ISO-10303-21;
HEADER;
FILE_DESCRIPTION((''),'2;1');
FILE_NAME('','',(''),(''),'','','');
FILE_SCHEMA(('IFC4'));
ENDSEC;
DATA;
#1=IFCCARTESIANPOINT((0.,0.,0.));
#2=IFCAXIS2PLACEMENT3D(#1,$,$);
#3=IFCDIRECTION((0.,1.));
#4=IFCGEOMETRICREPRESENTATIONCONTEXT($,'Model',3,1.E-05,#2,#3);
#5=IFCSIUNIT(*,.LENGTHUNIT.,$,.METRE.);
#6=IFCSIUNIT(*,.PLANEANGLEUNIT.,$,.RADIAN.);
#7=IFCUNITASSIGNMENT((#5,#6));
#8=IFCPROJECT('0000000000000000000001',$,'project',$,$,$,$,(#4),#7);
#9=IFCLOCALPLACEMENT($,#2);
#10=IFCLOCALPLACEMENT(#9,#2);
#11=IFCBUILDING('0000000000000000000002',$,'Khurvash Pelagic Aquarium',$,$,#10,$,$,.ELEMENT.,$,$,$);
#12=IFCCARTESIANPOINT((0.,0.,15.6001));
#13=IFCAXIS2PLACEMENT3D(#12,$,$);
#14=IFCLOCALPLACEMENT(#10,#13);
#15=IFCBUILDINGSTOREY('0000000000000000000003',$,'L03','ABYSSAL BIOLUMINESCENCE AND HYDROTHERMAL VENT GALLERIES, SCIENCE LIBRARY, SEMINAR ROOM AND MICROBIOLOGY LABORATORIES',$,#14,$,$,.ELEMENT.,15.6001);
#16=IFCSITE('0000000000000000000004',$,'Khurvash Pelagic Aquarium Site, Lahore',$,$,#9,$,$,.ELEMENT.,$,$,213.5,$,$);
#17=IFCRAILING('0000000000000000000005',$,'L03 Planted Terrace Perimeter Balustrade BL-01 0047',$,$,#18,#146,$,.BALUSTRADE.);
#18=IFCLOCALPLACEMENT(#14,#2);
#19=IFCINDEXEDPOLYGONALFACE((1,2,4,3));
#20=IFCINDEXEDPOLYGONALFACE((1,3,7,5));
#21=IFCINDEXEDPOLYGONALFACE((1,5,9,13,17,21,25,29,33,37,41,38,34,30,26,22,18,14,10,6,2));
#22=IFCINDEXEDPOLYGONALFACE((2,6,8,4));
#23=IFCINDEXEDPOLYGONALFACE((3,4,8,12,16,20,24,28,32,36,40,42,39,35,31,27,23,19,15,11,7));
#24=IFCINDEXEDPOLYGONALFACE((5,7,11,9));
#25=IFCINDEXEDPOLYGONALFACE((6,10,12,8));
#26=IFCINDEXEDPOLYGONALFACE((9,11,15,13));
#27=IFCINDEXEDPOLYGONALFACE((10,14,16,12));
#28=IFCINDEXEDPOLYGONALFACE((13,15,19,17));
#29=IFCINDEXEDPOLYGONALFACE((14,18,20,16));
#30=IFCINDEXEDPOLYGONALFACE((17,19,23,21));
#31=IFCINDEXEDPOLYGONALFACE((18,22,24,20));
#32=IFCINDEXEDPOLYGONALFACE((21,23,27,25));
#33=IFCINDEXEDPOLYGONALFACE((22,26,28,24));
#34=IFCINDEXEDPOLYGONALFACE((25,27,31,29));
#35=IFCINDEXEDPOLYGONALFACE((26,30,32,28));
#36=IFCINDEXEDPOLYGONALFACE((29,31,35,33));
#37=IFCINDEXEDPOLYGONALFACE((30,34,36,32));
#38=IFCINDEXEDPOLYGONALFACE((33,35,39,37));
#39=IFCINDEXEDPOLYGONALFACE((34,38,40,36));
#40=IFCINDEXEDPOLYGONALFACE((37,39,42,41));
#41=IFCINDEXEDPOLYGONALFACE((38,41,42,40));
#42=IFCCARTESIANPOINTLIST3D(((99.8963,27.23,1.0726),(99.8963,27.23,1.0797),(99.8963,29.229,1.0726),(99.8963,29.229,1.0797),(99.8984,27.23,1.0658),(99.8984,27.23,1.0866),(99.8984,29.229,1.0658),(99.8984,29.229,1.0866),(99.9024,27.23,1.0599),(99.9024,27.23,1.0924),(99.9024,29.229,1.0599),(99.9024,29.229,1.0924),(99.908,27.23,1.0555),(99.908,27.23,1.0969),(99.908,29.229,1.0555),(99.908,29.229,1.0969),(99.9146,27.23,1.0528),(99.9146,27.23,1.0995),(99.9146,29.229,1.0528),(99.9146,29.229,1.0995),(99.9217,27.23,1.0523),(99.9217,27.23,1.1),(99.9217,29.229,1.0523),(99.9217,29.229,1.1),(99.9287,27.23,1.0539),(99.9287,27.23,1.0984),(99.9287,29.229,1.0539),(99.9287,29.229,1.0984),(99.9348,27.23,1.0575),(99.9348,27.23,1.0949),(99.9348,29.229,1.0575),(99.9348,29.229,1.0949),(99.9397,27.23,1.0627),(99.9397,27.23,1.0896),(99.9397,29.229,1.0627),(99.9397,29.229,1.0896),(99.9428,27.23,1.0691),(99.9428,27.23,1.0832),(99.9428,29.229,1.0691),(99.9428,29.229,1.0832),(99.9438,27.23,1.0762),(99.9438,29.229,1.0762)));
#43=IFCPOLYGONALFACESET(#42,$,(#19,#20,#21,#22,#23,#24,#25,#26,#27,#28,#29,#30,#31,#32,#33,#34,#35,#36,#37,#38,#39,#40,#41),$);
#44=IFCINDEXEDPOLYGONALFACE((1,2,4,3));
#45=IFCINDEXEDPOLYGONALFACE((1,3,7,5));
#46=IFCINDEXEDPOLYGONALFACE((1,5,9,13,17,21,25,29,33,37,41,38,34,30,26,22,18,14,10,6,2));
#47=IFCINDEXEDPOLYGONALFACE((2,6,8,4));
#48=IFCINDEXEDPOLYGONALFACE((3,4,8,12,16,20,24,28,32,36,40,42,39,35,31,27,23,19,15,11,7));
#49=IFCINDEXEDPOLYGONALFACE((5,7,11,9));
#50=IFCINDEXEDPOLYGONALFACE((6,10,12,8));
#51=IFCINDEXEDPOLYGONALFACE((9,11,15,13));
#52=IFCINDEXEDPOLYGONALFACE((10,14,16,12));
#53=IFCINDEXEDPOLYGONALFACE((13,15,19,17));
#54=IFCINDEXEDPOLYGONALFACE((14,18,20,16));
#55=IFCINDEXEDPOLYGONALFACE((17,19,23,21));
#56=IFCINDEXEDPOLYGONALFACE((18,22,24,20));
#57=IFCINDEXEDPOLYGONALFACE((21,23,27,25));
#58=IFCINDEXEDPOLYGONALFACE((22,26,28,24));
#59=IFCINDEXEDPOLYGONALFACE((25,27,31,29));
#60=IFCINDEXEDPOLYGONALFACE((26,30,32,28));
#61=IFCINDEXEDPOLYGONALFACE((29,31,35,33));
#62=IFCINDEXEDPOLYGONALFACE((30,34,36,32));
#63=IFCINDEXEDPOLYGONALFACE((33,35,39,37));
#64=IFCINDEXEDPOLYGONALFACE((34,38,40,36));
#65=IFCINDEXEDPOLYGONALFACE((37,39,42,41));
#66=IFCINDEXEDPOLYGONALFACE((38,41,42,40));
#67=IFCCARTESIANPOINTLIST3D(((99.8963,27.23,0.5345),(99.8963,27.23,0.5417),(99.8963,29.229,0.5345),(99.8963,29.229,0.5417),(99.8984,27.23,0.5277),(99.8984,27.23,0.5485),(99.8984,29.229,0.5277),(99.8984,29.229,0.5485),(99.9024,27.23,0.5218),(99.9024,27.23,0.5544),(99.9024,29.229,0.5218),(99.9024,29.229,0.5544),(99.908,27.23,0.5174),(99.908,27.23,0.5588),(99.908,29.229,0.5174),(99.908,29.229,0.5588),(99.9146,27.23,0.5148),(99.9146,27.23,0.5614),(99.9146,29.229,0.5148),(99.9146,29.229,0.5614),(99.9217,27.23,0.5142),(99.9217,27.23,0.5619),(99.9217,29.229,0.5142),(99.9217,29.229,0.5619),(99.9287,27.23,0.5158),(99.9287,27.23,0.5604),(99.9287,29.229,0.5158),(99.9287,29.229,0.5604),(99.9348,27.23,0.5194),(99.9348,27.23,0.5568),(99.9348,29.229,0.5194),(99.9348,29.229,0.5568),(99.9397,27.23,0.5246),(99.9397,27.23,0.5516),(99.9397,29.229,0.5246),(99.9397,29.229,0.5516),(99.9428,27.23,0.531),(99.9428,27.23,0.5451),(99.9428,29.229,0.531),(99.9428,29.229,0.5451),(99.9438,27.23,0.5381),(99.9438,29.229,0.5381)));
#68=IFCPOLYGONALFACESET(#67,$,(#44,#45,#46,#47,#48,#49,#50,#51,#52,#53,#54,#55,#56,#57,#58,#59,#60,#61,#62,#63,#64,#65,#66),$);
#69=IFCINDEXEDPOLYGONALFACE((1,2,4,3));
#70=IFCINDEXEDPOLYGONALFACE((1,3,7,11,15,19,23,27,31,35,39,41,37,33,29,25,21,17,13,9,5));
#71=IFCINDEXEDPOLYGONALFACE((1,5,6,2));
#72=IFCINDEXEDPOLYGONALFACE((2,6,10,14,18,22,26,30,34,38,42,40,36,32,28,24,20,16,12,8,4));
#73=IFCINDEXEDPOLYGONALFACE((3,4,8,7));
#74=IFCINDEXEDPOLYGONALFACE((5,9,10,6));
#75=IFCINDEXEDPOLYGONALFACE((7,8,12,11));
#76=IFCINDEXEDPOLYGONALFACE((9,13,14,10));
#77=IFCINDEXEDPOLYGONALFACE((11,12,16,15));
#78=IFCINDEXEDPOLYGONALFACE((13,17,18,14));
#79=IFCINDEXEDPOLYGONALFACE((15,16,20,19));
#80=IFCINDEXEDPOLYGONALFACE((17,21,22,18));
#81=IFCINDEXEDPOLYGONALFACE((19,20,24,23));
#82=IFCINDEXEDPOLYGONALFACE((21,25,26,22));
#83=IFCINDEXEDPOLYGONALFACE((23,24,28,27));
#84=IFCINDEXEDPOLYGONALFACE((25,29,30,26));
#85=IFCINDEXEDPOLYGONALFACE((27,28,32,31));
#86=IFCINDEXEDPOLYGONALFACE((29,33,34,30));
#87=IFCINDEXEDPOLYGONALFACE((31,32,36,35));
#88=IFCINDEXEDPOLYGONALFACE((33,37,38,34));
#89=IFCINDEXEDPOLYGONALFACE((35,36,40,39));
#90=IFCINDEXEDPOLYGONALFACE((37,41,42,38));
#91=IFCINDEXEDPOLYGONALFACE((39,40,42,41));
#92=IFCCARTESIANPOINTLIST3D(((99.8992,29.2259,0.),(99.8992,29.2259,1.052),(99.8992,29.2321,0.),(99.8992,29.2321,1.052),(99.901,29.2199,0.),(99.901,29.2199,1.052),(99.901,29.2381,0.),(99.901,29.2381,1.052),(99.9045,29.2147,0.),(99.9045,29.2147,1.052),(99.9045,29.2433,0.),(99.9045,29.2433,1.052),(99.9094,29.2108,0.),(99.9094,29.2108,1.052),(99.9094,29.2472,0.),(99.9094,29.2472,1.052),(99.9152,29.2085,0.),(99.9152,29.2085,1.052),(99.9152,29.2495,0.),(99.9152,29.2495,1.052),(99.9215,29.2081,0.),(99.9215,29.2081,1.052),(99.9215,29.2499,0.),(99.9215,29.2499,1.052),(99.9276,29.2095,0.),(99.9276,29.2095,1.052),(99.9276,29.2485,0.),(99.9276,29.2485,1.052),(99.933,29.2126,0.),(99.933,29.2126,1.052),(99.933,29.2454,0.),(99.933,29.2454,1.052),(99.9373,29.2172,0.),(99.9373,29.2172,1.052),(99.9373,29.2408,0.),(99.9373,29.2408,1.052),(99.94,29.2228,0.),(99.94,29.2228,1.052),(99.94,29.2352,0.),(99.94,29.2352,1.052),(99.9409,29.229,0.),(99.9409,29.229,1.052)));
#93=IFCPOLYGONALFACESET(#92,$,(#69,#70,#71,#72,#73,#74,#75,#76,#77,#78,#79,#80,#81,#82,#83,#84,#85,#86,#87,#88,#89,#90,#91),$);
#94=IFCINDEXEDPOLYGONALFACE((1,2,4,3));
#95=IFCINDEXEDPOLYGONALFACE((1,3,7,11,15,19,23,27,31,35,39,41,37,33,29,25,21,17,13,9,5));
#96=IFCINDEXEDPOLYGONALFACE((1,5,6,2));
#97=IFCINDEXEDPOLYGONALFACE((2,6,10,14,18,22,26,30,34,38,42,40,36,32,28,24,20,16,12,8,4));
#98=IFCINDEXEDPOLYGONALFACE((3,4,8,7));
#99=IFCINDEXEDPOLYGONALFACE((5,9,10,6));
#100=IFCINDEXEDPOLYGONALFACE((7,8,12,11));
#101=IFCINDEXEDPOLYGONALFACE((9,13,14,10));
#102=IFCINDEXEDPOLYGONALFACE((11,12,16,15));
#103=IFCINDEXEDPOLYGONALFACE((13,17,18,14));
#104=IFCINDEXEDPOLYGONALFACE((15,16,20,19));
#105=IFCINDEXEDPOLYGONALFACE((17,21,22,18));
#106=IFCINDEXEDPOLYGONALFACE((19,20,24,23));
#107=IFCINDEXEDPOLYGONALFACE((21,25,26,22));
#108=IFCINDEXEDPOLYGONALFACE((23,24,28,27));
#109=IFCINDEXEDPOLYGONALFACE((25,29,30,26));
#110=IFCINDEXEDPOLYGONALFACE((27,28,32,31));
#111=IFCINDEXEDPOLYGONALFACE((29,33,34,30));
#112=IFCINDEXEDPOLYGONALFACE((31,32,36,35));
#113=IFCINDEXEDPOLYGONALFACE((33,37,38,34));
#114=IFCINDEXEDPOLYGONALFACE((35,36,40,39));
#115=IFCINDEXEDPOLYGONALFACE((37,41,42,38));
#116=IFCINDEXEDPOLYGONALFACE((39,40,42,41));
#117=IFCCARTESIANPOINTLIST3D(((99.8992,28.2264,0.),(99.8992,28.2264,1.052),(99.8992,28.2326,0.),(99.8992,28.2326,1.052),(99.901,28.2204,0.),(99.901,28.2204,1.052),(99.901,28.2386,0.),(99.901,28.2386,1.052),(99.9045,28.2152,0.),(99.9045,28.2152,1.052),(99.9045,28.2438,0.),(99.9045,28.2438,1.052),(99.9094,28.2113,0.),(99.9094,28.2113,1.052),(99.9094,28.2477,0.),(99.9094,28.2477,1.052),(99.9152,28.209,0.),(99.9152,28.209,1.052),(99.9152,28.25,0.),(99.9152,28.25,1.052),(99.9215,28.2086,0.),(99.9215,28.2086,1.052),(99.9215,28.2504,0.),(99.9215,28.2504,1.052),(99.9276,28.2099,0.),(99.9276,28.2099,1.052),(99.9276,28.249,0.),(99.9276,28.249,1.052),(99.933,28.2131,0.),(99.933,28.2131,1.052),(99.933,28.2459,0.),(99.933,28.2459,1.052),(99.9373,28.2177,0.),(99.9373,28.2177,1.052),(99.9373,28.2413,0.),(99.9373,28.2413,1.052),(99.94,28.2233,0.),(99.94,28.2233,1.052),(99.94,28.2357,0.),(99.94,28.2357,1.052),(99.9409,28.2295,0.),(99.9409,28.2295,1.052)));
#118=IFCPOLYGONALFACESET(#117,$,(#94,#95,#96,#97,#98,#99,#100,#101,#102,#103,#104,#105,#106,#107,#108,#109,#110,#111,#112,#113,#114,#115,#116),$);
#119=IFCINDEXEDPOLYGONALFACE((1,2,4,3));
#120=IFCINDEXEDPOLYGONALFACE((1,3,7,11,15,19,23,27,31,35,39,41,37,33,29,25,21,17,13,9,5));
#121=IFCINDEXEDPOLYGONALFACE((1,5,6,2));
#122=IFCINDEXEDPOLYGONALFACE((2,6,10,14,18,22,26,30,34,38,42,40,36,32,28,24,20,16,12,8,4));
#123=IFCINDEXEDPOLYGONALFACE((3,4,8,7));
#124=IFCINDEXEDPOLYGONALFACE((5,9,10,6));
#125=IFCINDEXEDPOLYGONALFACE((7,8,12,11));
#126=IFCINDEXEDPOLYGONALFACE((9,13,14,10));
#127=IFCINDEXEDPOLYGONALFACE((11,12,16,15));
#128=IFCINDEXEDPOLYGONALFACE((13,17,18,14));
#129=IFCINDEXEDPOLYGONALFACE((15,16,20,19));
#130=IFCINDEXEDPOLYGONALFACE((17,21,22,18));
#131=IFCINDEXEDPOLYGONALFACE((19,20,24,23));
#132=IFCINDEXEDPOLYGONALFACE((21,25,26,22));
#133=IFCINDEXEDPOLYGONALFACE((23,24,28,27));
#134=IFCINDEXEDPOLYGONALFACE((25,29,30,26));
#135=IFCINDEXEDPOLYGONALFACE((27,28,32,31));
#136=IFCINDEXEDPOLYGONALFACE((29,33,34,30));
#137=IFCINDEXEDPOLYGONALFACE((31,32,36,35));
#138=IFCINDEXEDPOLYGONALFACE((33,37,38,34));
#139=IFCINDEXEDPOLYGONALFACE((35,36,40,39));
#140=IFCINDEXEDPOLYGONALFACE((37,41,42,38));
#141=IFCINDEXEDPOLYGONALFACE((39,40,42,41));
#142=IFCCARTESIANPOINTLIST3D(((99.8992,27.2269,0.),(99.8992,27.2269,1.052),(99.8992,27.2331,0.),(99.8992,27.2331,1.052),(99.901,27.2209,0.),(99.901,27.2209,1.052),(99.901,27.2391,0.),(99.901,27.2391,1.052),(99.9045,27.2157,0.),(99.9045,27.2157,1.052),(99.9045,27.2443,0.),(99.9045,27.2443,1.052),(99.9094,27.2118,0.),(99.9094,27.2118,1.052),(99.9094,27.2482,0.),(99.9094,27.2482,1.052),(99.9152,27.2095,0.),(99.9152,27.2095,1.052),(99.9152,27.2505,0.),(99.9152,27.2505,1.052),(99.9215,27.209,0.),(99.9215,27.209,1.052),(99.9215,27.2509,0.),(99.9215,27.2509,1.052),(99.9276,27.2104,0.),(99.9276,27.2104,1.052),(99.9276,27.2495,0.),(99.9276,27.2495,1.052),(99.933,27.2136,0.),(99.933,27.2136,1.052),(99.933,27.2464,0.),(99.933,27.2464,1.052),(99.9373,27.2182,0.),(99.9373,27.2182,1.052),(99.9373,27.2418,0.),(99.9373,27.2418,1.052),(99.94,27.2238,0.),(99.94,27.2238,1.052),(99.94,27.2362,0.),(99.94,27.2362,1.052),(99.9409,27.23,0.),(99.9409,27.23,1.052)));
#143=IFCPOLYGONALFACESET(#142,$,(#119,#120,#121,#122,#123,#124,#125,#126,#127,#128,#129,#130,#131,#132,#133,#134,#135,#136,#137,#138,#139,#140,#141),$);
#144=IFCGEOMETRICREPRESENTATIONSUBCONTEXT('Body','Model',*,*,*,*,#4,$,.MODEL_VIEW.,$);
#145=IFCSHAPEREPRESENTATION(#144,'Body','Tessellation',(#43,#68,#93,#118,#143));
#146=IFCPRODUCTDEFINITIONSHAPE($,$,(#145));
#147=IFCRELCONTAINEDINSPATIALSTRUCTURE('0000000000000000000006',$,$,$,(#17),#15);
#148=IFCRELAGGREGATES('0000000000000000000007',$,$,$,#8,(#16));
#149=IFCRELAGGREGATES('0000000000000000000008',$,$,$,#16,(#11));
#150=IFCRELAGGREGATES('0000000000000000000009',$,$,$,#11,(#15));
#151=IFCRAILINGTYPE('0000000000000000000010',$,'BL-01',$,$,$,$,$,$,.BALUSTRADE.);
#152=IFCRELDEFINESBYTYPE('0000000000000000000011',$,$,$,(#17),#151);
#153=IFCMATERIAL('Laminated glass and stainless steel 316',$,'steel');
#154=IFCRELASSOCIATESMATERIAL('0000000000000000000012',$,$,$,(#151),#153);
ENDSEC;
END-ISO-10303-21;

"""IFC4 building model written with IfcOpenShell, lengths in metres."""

from ifc_helpers import new_model, si_unit, direction, frame, origin, origin_2d, place, context, subcontext, project, spatial, circle, extrude, material, type_object, element, save


model = new_model("IFC4")

# Units and contexts
model_context = context("Model", 3, precision=1e-05, world=origin(), true_north=direction((0.0, 1.0)))
body_context = subcontext(model_context, "Body", "Model", "MODEL_VIEW")
ifc_project = project(units=[si_unit("LENGTHUNIT", "METRE"), si_unit("PLANEANGLEUNIT", "RADIAN")], contexts=[model_context])

# Site, building, storey
site_placement = place(None, origin())
site = spatial("IfcSite", under=ifc_project, at=site_placement, Name="Khurvash Pelagic Aquarium Site, Lahore", CompositionType="ELEMENT", RefElevation=213.5)
building_placement = place(site_placement, origin())
building = spatial("IfcBuilding", under=site, at=building_placement, Name="Khurvash Pelagic Aquarium", CompositionType="ELEMENT")
storey_placement = place(building_placement, frame((0.0, 0.0, 15.6001)))
storey = spatial("IfcBuildingStorey", under=building, at=storey_placement, Name="L03", Description="ABYSSAL BIOLUMINESCENCE AND HYDROTHERMAL VENT GALLERIES, SCIENCE LIBRARY, SEMINAR ROOM AND MICROBIOLOGY LABORATORIES", CompositionType="ELEMENT", Elevation=15.6001)

# Railing
ifc_material_1 = material(Name="Laminated glass and stainless steel 316", Category="steel")
railing_type_1 = type_object("IfcRailingType", Name="BL-01", PredefinedType="BALUSTRADE", material=ifc_material_1)
railing_1_placement = place(storey_placement, frame((99.9199, 29.229, 0.0)))
element("IfcRailing", 1, at=railing_1_placement, inside=storey, type_object=railing_type_1, Name="L03 Planted Terrace Perimeter Balustrade BL-01 0047", PredefinedType="BALUSTRADE", context=body_context, shape_type="SweptSolid", body=[
    extrude(circle(Radius=0.0239, at=origin_2d()), frame((0.0, 0.0, 1.0762), z_axis=(0.0, -1.0, 0.0), x_axis=(1.0, 0.0, 0.0)), (0.0, 0.0, 1.0), 1.999),
    extrude(circle(Radius=0.0239, at=origin_2d()), frame((0.0, 0.0, 0.5381), z_axis=(0.0, -1.0, 0.0), x_axis=(1.0, 0.0, 0.0)), (0.0, 0.0, 1.0), 1.999),
    extrude(circle(Radius=0.021, at=origin_2d()), origin(), (0.0, 0.0, 1.0), 1.052),
    extrude(circle(Radius=0.021, at=origin_2d()), frame((0.0, -0.9995, 0.0)), (0.0, 0.0, 1.0), 1.052),
    extrude(circle(Radius=0.021, at=origin_2d()), frame((0.0, -1.999, 0.0)), (0.0, 0.0, 1.0), 1.052),
])

save(model, "model.ifc")
